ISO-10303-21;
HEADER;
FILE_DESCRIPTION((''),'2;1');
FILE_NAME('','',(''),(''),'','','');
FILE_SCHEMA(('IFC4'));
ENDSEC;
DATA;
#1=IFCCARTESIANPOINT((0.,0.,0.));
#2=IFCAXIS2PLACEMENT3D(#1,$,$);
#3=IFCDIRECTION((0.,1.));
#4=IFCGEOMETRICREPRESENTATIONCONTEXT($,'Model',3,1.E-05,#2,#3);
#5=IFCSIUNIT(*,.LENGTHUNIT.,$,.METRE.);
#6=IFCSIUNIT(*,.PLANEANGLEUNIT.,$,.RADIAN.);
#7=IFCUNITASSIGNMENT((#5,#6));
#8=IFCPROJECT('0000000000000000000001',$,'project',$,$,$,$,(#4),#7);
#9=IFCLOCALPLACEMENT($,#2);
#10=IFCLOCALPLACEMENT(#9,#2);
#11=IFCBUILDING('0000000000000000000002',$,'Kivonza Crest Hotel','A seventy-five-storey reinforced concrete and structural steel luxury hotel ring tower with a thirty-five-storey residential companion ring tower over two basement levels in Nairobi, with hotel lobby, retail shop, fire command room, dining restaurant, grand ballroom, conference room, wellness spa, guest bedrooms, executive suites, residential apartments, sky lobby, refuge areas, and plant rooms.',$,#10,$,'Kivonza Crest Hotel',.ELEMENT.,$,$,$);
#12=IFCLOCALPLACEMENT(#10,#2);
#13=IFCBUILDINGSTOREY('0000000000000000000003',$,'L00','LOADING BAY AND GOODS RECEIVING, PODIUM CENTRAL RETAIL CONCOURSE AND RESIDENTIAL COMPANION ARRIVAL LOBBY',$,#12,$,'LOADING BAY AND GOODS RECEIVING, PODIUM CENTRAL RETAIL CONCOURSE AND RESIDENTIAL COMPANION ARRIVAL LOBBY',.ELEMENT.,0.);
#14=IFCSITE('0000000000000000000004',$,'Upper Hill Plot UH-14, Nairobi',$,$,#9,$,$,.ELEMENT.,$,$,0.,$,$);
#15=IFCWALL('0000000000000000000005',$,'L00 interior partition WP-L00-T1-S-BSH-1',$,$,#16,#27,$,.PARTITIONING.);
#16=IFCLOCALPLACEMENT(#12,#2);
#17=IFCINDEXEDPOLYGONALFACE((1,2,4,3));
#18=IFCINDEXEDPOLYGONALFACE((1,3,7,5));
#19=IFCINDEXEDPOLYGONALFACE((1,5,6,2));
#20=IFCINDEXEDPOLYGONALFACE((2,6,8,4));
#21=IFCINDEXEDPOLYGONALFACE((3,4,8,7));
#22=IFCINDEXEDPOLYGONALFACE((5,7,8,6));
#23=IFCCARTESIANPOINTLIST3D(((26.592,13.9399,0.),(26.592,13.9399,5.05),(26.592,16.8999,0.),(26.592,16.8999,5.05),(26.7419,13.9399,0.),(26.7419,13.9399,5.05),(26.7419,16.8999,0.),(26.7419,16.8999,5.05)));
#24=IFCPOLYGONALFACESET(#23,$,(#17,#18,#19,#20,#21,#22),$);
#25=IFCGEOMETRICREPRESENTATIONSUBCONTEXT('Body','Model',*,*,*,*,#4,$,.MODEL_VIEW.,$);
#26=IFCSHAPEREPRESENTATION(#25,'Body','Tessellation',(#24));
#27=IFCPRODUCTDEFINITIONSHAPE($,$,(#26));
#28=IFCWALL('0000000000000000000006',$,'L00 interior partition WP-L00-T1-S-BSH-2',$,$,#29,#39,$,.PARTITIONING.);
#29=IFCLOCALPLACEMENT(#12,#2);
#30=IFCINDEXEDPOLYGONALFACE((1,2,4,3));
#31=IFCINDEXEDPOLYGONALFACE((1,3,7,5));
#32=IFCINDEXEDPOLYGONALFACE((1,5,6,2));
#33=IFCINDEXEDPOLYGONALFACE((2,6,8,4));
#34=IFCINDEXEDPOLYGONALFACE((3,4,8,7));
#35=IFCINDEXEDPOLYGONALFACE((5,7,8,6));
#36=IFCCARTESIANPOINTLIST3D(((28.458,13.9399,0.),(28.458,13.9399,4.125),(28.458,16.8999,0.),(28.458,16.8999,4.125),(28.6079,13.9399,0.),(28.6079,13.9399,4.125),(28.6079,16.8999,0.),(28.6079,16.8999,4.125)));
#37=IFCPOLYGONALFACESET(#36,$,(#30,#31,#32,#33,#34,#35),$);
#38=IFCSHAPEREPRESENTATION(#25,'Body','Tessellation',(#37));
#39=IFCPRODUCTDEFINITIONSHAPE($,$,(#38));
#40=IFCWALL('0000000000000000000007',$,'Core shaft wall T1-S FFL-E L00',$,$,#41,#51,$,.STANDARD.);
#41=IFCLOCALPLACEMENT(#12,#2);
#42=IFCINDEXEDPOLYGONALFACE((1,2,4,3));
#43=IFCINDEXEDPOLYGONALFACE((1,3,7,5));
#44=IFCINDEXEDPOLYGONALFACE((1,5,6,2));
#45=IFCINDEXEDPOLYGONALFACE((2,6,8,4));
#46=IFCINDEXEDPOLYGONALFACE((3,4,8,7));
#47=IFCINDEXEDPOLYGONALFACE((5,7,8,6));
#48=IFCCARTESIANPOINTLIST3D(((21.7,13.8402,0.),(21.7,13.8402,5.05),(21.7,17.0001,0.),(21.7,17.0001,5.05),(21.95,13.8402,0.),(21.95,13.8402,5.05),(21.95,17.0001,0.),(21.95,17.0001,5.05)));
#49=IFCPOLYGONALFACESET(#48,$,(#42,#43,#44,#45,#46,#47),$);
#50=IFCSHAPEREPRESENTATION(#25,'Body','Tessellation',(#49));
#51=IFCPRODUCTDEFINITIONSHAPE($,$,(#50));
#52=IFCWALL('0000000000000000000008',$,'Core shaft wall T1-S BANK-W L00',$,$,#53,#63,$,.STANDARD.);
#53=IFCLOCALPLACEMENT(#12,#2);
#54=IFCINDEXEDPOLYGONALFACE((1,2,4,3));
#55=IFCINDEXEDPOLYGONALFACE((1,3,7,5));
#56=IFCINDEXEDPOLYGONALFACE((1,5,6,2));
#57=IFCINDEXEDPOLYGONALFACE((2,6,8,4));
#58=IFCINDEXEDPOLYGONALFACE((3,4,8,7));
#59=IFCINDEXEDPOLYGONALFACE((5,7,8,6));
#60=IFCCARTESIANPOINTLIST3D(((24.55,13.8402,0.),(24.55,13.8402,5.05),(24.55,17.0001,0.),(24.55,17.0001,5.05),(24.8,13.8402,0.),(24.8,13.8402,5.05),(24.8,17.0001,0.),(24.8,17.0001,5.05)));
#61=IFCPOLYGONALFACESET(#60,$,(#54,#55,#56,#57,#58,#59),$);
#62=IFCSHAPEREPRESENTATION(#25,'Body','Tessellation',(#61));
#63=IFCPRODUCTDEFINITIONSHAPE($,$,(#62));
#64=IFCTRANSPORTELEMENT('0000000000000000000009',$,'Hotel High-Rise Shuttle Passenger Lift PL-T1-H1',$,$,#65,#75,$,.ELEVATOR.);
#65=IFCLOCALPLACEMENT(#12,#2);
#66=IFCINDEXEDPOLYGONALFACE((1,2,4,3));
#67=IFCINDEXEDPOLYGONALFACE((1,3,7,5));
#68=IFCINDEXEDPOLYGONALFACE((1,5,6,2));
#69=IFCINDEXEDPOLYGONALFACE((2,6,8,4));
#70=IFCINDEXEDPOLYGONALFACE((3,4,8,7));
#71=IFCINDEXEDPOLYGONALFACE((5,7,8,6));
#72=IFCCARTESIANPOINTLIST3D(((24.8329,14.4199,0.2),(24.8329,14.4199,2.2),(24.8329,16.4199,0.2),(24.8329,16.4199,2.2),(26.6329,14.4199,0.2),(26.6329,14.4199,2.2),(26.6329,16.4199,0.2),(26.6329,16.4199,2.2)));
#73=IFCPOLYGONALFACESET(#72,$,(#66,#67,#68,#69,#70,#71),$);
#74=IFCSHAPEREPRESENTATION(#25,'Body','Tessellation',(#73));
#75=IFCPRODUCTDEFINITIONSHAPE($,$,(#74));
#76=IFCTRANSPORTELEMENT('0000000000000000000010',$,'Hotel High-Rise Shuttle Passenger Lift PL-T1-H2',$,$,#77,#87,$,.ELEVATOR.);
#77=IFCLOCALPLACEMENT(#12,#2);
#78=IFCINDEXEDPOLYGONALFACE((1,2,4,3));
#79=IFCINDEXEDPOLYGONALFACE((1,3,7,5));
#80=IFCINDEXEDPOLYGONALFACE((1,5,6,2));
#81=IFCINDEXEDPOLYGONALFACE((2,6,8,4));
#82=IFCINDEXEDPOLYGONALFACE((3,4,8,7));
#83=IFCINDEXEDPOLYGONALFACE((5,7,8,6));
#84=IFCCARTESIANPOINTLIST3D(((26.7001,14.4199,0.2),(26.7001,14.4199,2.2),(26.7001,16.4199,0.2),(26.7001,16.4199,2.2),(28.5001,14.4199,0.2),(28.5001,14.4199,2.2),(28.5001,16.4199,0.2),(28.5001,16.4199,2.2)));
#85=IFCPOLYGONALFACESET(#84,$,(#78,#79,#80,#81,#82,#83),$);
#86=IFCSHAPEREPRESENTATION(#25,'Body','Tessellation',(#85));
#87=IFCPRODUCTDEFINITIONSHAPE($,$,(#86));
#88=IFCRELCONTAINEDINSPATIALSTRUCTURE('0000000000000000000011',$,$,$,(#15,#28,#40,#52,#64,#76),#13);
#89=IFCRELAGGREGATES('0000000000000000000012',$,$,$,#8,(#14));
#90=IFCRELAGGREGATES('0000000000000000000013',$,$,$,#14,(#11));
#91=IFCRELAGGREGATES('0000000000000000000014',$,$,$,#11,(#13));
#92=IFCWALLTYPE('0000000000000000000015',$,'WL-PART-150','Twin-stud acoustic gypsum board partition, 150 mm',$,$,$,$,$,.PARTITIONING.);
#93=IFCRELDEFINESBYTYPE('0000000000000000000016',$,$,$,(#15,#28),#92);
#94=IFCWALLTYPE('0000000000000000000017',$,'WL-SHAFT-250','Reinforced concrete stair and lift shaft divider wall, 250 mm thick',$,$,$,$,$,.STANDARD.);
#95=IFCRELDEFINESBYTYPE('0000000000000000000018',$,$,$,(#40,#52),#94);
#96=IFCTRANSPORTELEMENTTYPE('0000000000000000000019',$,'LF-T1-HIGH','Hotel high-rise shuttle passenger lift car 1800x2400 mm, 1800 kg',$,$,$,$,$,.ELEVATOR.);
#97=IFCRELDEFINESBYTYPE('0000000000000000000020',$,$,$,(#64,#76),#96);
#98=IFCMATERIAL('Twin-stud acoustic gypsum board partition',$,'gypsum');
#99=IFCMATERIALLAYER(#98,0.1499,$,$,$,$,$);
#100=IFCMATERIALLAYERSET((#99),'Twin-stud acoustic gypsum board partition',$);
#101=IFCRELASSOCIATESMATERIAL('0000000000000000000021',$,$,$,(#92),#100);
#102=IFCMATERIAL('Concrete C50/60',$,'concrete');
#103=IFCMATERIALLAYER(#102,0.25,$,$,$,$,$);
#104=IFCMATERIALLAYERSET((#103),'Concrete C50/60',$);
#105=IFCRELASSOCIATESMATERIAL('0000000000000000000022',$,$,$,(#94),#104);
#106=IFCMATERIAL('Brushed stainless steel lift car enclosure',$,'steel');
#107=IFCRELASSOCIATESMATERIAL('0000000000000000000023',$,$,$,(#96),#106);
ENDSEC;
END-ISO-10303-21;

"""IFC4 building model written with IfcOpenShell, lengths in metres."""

from ifc_helpers import new_model, si_unit, direction, frame, frame_2d, origin, origin_2d, place, context, subcontext, project, spatial, rectangle, extrude, material, layer, layer_set, type_object, element, save


model = new_model("IFC4")

# Units and contexts
model_context = context("Model", 3, precision=1e-05, world=origin(), true_north=direction((0.0, 1.0)))
body_context = subcontext(model_context, "Body", "Model", "MODEL_VIEW")
ifc_project = project(units=[si_unit("LENGTHUNIT", "METRE"), si_unit("PLANEANGLEUNIT", "RADIAN")], contexts=[model_context])

# Site, building, storey
site_placement = place(None, origin())
site = spatial("IfcSite", under=ifc_project, at=site_placement, Name="Upper Hill Plot UH-14, Nairobi", CompositionType="ELEMENT", RefElevation=0.0)
building_placement = place(site_placement, origin())
building = spatial("IfcBuilding", under=site, at=building_placement, Name="Kivonza Crest Hotel", Description="A seventy-five-storey reinforced concrete and structural steel luxury hotel ring tower with a thirty-five-storey residential companion ring tower over two basement levels in Nairobi, with hotel lobby, retail shop, fire command room, dining restaurant, grand ballroom, conference room, wellness spa, guest bedrooms, executive suites, residential apartments, sky lobby, refuge areas, and plant rooms.", LongName="Kivonza Crest Hotel", CompositionType="ELEMENT")
storey_placement = place(building_placement, origin())
storey = spatial("IfcBuildingStorey", under=building, at=storey_placement, Name="L00", Description="LOADING BAY AND GOODS RECEIVING, PODIUM CENTRAL RETAIL CONCOURSE AND RESIDENTIAL COMPANION ARRIVAL LOBBY", LongName="LOADING BAY AND GOODS RECEIVING, PODIUM CENTRAL RETAIL CONCOURSE AND RESIDENTIAL COMPANION ARRIVAL LOBBY", CompositionType="ELEMENT", Elevation=0.0)

# Walls
ifc_material_1 = material(Name="Twin-stud acoustic gypsum board partition", Category="gypsum")
ifc_layer_1 = layer(ifc_material_1, 0.1499)
ifc_layer_set_1 = layer_set([ifc_layer_1], Name="Twin-stud acoustic gypsum board partition")
wall_type_1 = type_object("IfcWallType", Name="WL-PART-150", Description="Twin-stud acoustic gypsum board partition, 150 mm", PredefinedType="PARTITIONING", material=ifc_layer_set_1)
wall_1_placement = place(storey_placement, frame((26.667, 13.9399, 0.0), z_axis=(0.0, 0.0, 1.0), x_axis=(0.0, 1.0, 0.0)))
element("IfcWall", 1, at=wall_1_placement, inside=storey, type_object=wall_type_1, Name="L00 interior partition WP-L00-T1-S-BSH-1", PredefinedType="PARTITIONING", context=body_context, shape_type="SweptSolid", body=[
    extrude(rectangle(XDim=2.96, YDim=0.1499, at=frame_2d((1.48, 0.0))), origin(), (0.0, 0.0, 1.0), 5.05),
])
wall_2_placement = place(storey_placement, frame((28.533, 13.9399, 0.0), z_axis=(0.0, 0.0, 1.0), x_axis=(0.0, 1.0, 0.0)))
element("IfcWall", 2, at=wall_2_placement, inside=storey, type_object=wall_type_1, Name="L00 interior partition WP-L00-T1-S-BSH-2", PredefinedType="PARTITIONING", context=body_context, shape_type="SweptSolid", body=[
    extrude(rectangle(XDim=2.96, YDim=0.1499, at=frame_2d((1.48, 0.0))), origin(), (0.0, 0.0, 1.0), 4.125),
])

# Shared definitions
ifc_material_2 = material(Name="Concrete C50/60", Category="concrete")
ifc_layer_2 = layer(ifc_material_2, 0.25)
ifc_layer_set_2 = layer_set([ifc_layer_2], Name="Concrete C50/60")
wall_type_2 = type_object("IfcWallType", Name="WL-SHAFT-250", Description="Reinforced concrete stair and lift shaft divider wall, 250 mm thick", PredefinedType="STANDARD", material=ifc_layer_set_2)

# Walls
for number, where, z_axis, x_axis, name in (
    (3, (21.825, 13.8401, 0.0), (0.0, 0.0, 1.0), (0.0, 1.0, 0.0), "Core shaft wall T1-S FFL-E L00"),
    (4, (24.675, 13.8401, 0.0), (0.0, 0.0, 1.0), (0.0, 1.0, 0.0), "Core shaft wall T1-S BANK-W L00"),
):
    element("IfcWall", number, at=place(storey_placement, frame(where, z_axis=z_axis, x_axis=x_axis)), inside=storey, type_object=wall_type_2, Name=name, PredefinedType="STANDARD", context=body_context, shape_type="SweptSolid", body=[
        extrude(rectangle(XDim=3.1599, YDim=0.25, at=frame_2d((1.5801, 0.0))), origin(), (0.0, 0.0, 1.0), 5.05),
    ])

# Transport elements
ifc_material_3 = material(Name="Brushed stainless steel lift car enclosure", Category="steel")
transport_element_type = type_object("IfcTransportElementType", Name="LF-T1-HIGH", Description="Hotel high-rise shuttle passenger lift car 1800x2400 mm, 1800 kg", PredefinedType="ELEVATOR", material=ifc_material_3)
for number, where, z_axis, x_axis, name in (
    (5, (25.7329, 15.4199, 0.2), (0.0, 0.0, 1.0), (1.0, 0.0, 0.0), "Hotel High-Rise Shuttle Passenger Lift PL-T1-H1"),
    (6, (27.6001, 15.4199, 0.2), (0.0, 0.0, 1.0), (1.0, 0.0, 0.0), "Hotel High-Rise Shuttle Passenger Lift PL-T1-H2"),
):
    element("IfcTransportElement", number, at=place(storey_placement, frame(where, z_axis=z_axis, x_axis=x_axis)), inside=storey, type_object=transport_element_type, Name=name, PredefinedType="ELEVATOR", context=body_context, shape_type="SweptSolid", body=[
        extrude(rectangle(XDim=1.8, YDim=2.0, at=origin_2d()), origin(), (0.0, 0.0, 1.0), 2.0),
    ])

save(model, "model.ifc")
